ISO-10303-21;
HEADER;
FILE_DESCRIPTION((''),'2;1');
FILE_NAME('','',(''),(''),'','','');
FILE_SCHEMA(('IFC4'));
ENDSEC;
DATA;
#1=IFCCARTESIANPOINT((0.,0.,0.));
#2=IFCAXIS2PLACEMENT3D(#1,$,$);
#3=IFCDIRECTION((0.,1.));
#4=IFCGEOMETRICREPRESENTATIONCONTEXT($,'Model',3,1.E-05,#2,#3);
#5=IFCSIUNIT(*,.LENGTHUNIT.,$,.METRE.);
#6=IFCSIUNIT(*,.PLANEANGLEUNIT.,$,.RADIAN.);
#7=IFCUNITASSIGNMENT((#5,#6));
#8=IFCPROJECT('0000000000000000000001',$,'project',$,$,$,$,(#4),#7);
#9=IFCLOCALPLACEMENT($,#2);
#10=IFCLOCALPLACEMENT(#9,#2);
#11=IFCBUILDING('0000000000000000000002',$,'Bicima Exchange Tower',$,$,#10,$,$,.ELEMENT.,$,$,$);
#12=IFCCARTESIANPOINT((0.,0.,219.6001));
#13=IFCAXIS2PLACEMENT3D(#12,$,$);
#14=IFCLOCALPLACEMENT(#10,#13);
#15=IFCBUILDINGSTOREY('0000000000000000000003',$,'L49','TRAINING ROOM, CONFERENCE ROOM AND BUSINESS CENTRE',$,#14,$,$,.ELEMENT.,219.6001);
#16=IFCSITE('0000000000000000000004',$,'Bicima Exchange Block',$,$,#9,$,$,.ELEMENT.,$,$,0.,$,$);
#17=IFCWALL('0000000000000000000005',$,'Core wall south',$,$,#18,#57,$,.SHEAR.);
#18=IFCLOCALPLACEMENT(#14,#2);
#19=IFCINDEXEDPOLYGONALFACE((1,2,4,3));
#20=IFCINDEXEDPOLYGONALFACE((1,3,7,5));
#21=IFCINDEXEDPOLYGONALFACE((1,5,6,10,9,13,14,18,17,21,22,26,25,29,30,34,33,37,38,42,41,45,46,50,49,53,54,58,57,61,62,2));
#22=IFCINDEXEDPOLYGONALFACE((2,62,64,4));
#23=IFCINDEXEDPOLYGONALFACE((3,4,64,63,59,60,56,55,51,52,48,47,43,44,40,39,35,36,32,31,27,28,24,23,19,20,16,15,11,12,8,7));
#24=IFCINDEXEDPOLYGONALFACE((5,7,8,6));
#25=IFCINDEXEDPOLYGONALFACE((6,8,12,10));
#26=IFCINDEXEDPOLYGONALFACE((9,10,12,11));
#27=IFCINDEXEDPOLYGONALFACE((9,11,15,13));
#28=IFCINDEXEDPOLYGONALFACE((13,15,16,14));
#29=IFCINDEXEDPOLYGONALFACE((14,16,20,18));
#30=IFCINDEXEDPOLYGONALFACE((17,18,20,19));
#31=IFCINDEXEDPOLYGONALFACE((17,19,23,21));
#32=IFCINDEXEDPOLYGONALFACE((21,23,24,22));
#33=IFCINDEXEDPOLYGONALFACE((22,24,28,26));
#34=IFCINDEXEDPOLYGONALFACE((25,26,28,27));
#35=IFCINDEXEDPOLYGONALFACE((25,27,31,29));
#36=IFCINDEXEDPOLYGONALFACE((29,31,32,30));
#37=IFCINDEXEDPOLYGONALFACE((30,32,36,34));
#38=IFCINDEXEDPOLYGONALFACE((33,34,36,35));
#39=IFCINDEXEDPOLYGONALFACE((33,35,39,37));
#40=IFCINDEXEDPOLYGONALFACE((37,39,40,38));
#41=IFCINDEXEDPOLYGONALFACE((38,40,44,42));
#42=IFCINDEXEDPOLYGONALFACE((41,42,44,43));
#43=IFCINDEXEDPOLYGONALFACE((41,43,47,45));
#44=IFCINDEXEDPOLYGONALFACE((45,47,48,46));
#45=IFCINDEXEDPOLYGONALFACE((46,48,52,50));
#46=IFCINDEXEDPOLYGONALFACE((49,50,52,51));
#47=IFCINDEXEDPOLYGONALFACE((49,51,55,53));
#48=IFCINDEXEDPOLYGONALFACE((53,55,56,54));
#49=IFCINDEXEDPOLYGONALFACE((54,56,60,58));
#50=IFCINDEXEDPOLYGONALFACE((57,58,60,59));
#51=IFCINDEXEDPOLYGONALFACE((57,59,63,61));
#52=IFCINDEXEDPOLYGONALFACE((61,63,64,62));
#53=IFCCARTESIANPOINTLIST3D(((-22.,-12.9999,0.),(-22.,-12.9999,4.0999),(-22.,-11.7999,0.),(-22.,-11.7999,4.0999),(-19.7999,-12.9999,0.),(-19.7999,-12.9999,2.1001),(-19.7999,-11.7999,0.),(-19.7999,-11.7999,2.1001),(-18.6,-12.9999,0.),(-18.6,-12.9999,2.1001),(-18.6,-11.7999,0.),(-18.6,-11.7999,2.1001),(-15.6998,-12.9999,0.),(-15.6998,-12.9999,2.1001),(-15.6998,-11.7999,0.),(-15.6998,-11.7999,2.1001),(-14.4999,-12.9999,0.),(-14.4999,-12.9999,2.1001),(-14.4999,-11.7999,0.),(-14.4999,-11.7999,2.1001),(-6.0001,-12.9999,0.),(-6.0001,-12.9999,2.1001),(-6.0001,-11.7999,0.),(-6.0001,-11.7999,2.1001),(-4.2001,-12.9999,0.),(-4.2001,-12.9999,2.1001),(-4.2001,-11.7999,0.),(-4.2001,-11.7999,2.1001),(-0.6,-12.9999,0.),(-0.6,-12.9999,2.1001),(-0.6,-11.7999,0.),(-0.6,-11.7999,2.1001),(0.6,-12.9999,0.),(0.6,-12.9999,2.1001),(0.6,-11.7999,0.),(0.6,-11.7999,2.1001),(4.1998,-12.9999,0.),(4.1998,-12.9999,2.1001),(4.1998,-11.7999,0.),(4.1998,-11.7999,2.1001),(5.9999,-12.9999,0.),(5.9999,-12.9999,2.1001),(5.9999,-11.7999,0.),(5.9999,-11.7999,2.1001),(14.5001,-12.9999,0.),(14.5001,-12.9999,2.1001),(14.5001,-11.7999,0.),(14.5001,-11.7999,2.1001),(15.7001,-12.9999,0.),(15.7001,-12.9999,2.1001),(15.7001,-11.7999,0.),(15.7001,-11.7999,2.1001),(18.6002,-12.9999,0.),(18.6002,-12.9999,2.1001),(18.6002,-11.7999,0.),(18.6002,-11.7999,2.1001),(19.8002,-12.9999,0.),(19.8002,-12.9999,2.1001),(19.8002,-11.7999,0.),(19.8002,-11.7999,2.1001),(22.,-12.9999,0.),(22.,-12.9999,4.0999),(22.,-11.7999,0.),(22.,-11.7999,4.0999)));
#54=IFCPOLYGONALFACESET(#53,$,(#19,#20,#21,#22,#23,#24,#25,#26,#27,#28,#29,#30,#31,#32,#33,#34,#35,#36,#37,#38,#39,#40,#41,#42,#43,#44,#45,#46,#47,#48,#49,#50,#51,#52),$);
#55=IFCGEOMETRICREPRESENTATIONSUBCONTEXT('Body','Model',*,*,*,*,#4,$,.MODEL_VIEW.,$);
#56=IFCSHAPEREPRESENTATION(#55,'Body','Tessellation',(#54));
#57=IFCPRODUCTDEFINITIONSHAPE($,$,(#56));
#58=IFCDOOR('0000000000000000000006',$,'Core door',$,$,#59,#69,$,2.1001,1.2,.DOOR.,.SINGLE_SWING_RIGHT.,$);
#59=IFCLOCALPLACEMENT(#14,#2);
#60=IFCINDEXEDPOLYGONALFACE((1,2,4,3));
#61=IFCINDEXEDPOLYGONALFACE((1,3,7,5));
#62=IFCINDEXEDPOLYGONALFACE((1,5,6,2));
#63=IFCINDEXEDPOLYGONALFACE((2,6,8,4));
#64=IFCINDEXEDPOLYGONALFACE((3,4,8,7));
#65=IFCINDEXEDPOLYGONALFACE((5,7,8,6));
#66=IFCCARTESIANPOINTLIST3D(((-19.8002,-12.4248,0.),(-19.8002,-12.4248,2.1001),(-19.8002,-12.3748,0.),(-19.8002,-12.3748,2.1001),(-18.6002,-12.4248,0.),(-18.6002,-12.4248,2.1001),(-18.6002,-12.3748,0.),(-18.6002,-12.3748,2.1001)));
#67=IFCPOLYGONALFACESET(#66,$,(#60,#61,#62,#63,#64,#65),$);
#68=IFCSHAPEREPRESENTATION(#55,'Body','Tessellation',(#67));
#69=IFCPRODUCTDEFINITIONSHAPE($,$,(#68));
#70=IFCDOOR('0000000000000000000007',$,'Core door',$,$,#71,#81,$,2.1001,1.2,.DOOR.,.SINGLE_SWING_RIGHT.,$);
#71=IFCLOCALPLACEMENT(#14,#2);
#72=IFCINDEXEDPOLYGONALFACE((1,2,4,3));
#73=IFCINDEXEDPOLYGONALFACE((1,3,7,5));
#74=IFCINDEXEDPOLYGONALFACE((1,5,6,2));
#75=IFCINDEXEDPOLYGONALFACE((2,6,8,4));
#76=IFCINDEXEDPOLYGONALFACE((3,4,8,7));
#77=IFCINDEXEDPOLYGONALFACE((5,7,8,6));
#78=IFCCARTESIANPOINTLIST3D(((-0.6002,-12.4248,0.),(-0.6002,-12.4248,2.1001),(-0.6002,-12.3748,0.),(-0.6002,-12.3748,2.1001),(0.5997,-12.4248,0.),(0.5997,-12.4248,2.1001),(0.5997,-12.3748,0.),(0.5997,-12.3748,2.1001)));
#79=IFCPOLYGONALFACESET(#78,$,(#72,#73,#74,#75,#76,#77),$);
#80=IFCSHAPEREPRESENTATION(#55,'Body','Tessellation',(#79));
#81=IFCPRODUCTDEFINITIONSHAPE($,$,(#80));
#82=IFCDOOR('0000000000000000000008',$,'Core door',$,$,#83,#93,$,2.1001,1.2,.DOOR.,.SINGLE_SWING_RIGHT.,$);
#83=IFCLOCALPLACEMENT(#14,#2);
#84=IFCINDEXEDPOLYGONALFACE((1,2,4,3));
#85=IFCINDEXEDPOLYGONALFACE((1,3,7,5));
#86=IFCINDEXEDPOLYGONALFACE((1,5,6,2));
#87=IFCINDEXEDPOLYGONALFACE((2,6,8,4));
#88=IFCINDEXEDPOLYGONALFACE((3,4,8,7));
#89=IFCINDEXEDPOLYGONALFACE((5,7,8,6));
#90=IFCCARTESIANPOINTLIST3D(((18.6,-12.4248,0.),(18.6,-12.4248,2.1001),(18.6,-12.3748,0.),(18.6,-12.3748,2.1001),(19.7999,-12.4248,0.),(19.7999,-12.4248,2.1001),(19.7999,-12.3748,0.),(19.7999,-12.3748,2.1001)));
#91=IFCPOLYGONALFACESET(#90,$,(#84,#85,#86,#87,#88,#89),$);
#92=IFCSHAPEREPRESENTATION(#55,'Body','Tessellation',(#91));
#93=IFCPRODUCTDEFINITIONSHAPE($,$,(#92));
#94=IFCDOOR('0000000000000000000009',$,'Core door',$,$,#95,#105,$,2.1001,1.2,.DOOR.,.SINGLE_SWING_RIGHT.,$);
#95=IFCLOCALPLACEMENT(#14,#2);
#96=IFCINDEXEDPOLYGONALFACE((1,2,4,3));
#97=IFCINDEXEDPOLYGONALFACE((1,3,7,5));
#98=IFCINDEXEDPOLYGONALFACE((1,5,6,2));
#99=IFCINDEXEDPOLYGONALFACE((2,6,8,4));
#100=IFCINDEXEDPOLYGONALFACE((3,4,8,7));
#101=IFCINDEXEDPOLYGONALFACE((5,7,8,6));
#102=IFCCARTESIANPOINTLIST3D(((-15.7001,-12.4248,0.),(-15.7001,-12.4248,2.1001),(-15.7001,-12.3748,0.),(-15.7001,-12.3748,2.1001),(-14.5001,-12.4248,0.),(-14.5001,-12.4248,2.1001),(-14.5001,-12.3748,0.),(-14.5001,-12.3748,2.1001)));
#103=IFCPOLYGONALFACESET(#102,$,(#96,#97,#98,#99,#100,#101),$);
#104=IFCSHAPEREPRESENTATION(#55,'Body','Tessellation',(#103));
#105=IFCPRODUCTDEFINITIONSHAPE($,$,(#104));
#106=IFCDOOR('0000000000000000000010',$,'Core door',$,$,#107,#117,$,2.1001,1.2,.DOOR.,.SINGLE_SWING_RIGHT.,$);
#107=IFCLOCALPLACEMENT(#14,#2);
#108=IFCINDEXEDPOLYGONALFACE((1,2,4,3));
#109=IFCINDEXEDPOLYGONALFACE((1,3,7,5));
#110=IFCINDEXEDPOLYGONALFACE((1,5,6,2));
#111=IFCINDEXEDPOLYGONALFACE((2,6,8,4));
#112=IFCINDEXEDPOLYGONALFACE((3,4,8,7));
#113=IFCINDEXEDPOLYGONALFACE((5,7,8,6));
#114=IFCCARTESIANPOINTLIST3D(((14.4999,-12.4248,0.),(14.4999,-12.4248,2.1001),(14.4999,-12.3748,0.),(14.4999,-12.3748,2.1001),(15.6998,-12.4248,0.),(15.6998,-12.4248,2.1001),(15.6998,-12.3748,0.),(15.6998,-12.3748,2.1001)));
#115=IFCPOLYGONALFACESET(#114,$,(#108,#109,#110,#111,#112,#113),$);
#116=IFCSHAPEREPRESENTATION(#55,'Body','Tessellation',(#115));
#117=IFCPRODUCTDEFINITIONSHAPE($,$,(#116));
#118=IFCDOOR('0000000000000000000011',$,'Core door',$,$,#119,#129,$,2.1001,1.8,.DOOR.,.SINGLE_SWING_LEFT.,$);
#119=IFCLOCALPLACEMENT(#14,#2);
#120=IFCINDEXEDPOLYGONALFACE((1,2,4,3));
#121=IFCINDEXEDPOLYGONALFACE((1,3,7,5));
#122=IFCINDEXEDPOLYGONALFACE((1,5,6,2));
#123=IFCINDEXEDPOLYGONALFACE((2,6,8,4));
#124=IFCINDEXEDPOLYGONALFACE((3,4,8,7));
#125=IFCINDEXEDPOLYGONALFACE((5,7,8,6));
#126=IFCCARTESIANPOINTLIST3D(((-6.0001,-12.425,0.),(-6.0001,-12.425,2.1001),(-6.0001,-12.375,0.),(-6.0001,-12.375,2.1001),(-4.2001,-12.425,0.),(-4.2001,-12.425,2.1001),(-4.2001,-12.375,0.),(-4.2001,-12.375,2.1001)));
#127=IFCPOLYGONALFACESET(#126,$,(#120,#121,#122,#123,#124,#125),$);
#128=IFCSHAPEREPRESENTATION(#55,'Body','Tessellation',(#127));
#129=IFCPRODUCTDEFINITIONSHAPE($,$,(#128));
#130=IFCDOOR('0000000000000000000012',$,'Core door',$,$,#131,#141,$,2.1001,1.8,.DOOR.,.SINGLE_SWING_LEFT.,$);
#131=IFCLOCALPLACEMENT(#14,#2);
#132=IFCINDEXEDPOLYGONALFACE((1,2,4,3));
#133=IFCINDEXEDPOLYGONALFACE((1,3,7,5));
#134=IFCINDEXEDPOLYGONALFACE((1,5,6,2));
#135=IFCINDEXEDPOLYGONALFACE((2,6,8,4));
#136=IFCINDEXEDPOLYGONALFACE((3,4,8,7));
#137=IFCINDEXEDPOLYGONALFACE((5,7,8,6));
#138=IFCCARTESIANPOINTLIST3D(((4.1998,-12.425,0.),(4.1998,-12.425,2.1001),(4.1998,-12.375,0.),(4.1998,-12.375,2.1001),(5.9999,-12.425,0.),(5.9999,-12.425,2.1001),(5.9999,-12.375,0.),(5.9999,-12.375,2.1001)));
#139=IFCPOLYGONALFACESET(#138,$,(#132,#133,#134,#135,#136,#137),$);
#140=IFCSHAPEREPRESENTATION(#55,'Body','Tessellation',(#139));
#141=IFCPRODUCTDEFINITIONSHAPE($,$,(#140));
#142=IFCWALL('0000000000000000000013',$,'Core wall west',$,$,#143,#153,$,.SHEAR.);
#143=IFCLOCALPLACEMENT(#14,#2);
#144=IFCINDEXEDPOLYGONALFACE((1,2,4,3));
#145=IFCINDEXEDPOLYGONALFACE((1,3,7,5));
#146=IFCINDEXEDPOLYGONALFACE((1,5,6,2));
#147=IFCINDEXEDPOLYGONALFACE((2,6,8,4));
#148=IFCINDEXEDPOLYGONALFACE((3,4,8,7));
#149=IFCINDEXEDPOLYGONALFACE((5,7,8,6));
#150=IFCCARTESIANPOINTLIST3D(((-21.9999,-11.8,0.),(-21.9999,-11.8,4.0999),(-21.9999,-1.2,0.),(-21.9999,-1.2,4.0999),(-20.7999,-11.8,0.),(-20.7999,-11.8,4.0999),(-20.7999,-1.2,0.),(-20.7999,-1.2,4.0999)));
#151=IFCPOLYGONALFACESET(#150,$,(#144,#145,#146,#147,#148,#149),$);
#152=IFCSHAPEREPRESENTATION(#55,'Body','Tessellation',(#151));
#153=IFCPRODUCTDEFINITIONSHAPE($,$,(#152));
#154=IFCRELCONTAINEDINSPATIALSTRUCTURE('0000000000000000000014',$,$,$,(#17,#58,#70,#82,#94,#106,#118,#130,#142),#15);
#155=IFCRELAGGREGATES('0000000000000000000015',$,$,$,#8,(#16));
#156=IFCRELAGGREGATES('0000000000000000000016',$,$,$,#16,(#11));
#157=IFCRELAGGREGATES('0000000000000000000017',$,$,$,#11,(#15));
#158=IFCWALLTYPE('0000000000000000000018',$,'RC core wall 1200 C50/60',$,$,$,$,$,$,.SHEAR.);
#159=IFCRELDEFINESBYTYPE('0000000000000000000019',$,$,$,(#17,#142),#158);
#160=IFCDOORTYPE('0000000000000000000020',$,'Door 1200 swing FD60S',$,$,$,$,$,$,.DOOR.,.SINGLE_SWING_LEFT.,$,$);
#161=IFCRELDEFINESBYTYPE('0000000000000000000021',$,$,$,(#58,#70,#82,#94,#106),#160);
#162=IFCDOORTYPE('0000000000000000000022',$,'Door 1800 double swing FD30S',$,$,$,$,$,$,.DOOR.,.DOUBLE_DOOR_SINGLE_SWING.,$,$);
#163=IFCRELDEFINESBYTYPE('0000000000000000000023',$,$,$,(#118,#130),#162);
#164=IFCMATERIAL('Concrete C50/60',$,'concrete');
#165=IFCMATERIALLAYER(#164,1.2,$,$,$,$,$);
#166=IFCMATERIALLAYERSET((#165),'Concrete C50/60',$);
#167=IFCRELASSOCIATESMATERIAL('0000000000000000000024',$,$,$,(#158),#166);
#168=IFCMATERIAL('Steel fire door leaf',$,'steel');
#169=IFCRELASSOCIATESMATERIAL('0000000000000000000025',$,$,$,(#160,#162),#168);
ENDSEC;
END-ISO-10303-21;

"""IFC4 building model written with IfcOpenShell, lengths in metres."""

from ifc_helpers import new_model, si_unit, direction, frame, frame_2d, origin, place, context, subcontext, project, spatial, rectangle, extrude, material, layer, layer_set, type_object, element, fill, save


model = new_model("IFC4")

# Units and contexts
model_context = context("Model", 3, precision=1e-05, world=origin(), true_north=direction((0.0, 1.0)))
body_context = subcontext(model_context, "Body", "Model", "MODEL_VIEW")
ifc_project = project(units=[si_unit("LENGTHUNIT", "METRE"), si_unit("PLANEANGLEUNIT", "RADIAN")], contexts=[model_context])

# Site, building, storey
site_placement = place(None, origin())
site = spatial("IfcSite", under=ifc_project, at=site_placement, Name="Bicima Exchange Block", CompositionType="ELEMENT", RefElevation=0.0)
building_placement = place(site_placement, origin())
building = spatial("IfcBuilding", under=site, at=building_placement, Name="Bicima Exchange Tower", CompositionType="ELEMENT")
storey_placement = place(building_placement, frame((0.0, 0.0, 219.6001)))
storey = spatial("IfcBuildingStorey", under=building, at=storey_placement, Name="L49", Description="TRAINING ROOM, CONFERENCE ROOM AND BUSINESS CENTRE", CompositionType="ELEMENT", Elevation=219.6001)

# Wall, openings, doors
ifc_material_1 = material(Name="Concrete C50/60", Category="concrete")
ifc_layer_1 = layer(ifc_material_1, 1.2)
ifc_layer_set_1 = layer_set([ifc_layer_1], Name="Concrete C50/60")
wall_type_1 = type_object("IfcWallType", Name="RC core wall 1200 C50/60", PredefinedType="SHEAR", material=ifc_layer_set_1)
wall_1_placement = place(storey_placement, frame((-22.0, -12.3999, 0.0), z_axis=(0.0, 0.0, 1.0), x_axis=(1.0, 0.0, 0.0)))
wall_1 = element("IfcWall", 1, at=wall_1_placement, inside=storey, type_object=wall_type_1, Name="Core wall south", PredefinedType="SHEAR", context=body_context, shape_type="SweptSolid", body=[
    extrude(rectangle(XDim=44.0, YDim=1.2, at=frame_2d((22.0, 0.0))), origin(), (0.0, 0.0, 1.0), 4.0999),
])
opening_1_placement = place(wall_1_placement, frame((2.2, 0.0, 0.0)))
opening_1 = element("IfcOpeningElement", 2, at=opening_1_placement, cuts=wall_1, PredefinedType="OPENING", context=body_context, shape_type="SweptSolid", body=[
    extrude(rectangle(XDim=1.2, YDim=2.1001, at=frame_2d((0.6001, 1.05))), frame((0.0, 0.6118, 0.0), z_axis=(0.0, -1.0, 0.0), x_axis=(1.0, 0.0, 0.0)), (0.0, 0.0, 1.0), 1.2239),
])
opening_2_placement = place(wall_1_placement, frame((21.3999, 0.0, 0.0)))
opening_2 = element("IfcOpeningElement", 3, at=opening_2_placement, cuts=wall_1, PredefinedType="OPENING", context=body_context, shape_type="SweptSolid", body=[
    extrude(rectangle(XDim=1.2, YDim=2.1001, at=frame_2d((0.6001, 1.05))), frame((0.0, 0.6118, 0.0), z_axis=(0.0, -1.0, 0.0), x_axis=(1.0, 0.0, 0.0)), (0.0, 0.0, 1.0), 1.2239),
])
opening_3_placement = place(wall_1_placement, frame((40.6001, 0.0, 0.0)))
opening_3 = element("IfcOpeningElement", 4, at=opening_3_placement, cuts=wall_1, PredefinedType="OPENING", context=body_context, shape_type="SweptSolid", body=[
    extrude(rectangle(XDim=1.2, YDim=2.1001, at=frame_2d((0.6001, 1.05))), frame((0.0, 0.6118, 0.0), z_axis=(0.0, -1.0, 0.0), x_axis=(1.0, 0.0, 0.0)), (0.0, 0.0, 1.0), 1.2239),
])
opening_4_placement = place(wall_1_placement, frame((16.0, 0.0, 0.0)))
opening_4 = element("IfcOpeningElement", 5, at=opening_4_placement, cuts=wall_1, PredefinedType="OPENING", context=body_context, shape_type="SweptSolid", body=[
    extrude(rectangle(XDim=1.8, YDim=2.1001, at=frame_2d((0.8999, 1.05))), frame((0.0, 0.6118, 0.0), z_axis=(0.0, -1.0, 0.0), x_axis=(1.0, 0.0, 0.0)), (0.0, 0.0, 1.0), 1.2239),
])
opening_5_placement = place(wall_1_placement, frame((6.3, 0.0, 0.0)))
opening_5 = element("IfcOpeningElement", 6, at=opening_5_placement, cuts=wall_1, PredefinedType="OPENING", context=body_context, shape_type="SweptSolid", body=[
    extrude(rectangle(XDim=1.2, YDim=2.1001, at=frame_2d((0.6001, 1.05))), frame((0.0, 0.6118, 0.0), z_axis=(0.0, -1.0, 0.0), x_axis=(1.0, 0.0, 0.0)), (0.0, 0.0, 1.0), 1.2239),
])
opening_6_placement = place(wall_1_placement, frame((26.2, 0.0, 0.0)))
opening_6 = element("IfcOpeningElement", 7, at=opening_6_placement, cuts=wall_1, PredefinedType="OPENING", context=body_context, shape_type="SweptSolid", body=[
    extrude(rectangle(XDim=1.8, YDim=2.1001, at=frame_2d((0.8999, 1.05))), frame((0.0, 0.6118, 0.0), z_axis=(0.0, -1.0, 0.0), x_axis=(1.0, 0.0, 0.0)), (0.0, 0.0, 1.0), 1.2239),
])
opening_7_placement = place(wall_1_placement, frame((36.5, 0.0, 0.0)))
opening_7 = element("IfcOpeningElement", 8, at=opening_7_placement, cuts=wall_1, PredefinedType="OPENING", context=body_context, shape_type="SweptSolid", body=[
    extrude(rectangle(XDim=1.2, YDim=2.1001, at=frame_2d((0.6001, 1.05))), frame((0.0, 0.6118, 0.0), z_axis=(0.0, -1.0, 0.0), x_axis=(1.0, 0.0, 0.0)), (0.0, 0.0, 1.0), 1.2239),
])
ifc_material_2 = material(Name="Steel fire door leaf", Category="steel")
door_type_1 = type_object("IfcDoorType", Name="Door 1200 swing FD60S", OperationType="SINGLE_SWING_LEFT", PredefinedType="DOOR", material=ifc_material_2)
door_1_placement = place(opening_1_placement, frame((1.2, 0.0, 0.0), z_axis=(0.0, 0.0, 1.0), x_axis=(-1.0, 0.0, 0.0)))
door_1 = element("IfcDoor", 9, at=door_1_placement, inside=storey, type_object=door_type_1, Name="Core door", OperationType="SINGLE_SWING_RIGHT", OverallHeight=2.1001, OverallWidth=1.2, PredefinedType="DOOR", context=body_context, shape_type="SweptSolid", body=[
    extrude(rectangle(XDim=1.2, YDim=2.1001, at=frame_2d((0.6001, 1.05))), frame((0.0, 0.0249, 0.0), z_axis=(0.0, -1.0, 0.0), x_axis=(1.0, 0.0, 0.0)), (0.0, 0.0, 1.0), 0.05),
])
fill(opening_1, door_1)
door_2_placement = place(opening_2_placement, frame((1.2, 0.0, 0.0), z_axis=(0.0, 0.0, 1.0), x_axis=(-1.0, 0.0, 0.0)))
door_2 = element("IfcDoor", 10, at=door_2_placement, inside=storey, type_object=door_type_1, Name="Core door", OperationType="SINGLE_SWING_RIGHT", OverallHeight=2.1001, OverallWidth=1.2, PredefinedType="DOOR", context=body_context, shape_type="SweptSolid", body=[
    extrude(rectangle(XDim=1.2, YDim=2.1001, at=frame_2d((0.6001, 1.05))), frame((0.0, 0.0249, 0.0), z_axis=(0.0, -1.0, 0.0), x_axis=(1.0, 0.0, 0.0)), (0.0, 0.0, 1.0), 0.05),
])
fill(opening_2, door_2)
door_3_placement = place(opening_3_placement, frame((1.2, 0.0, 0.0), z_axis=(0.0, 0.0, 1.0), x_axis=(-1.0, 0.0, 0.0)))
door_3 = element("IfcDoor", 11, at=door_3_placement, inside=storey, type_object=door_type_1, Name="Core door", OperationType="SINGLE_SWING_RIGHT", OverallHeight=2.1001, OverallWidth=1.2, PredefinedType="DOOR", context=body_context, shape_type="SweptSolid", body=[
    extrude(rectangle(XDim=1.2, YDim=2.1001, at=frame_2d((0.6001, 1.05))), frame((0.0, 0.0249, 0.0), z_axis=(0.0, -1.0, 0.0), x_axis=(1.0, 0.0, 0.0)), (0.0, 0.0, 1.0), 0.05),
])
fill(opening_3, door_3)
door_4_placement = place(opening_5_placement, frame((1.2, 0.0, 0.0), z_axis=(0.0, 0.0, 1.0), x_axis=(-1.0, 0.0, 0.0)))
door_4 = element("IfcDoor", 12, at=door_4_placement, inside=storey, type_object=door_type_1, Name="Core door", OperationType="SINGLE_SWING_RIGHT", OverallHeight=2.1001, OverallWidth=1.2, PredefinedType="DOOR", context=body_context, shape_type="SweptSolid", body=[
    extrude(rectangle(XDim=1.2, YDim=2.1001, at=frame_2d((0.6001, 1.05))), frame((0.0, 0.0249, 0.0), z_axis=(0.0, -1.0, 0.0), x_axis=(1.0, 0.0, 0.0)), (0.0, 0.0, 1.0), 0.05),
])
fill(opening_5, door_4)
door_5_placement = place(opening_7_placement, frame((1.2, 0.0, 0.0), z_axis=(0.0, 0.0, 1.0), x_axis=(-1.0, 0.0, 0.0)))
door_5 = element("IfcDoor", 13, at=door_5_placement, inside=storey, type_object=door_type_1, Name="Core door", OperationType="SINGLE_SWING_RIGHT", OverallHeight=2.1001, OverallWidth=1.2, PredefinedType="DOOR", context=body_context, shape_type="SweptSolid", body=[
    extrude(rectangle(XDim=1.2, YDim=2.1001, at=frame_2d((0.6001, 1.05))), frame((0.0, 0.0249, 0.0), z_axis=(0.0, -1.0, 0.0), x_axis=(1.0, 0.0, 0.0)), (0.0, 0.0, 1.0), 0.05),
])
fill(opening_7, door_5)
door_type_2 = type_object("IfcDoorType", Name="Door 1800 double swing FD30S", OperationType="DOUBLE_DOOR_SINGLE_SWING", PredefinedType="DOOR", material=ifc_material_2)
door_6_placement = place(opening_4_placement, origin())
door_6 = element("IfcDoor", 14, at=door_6_placement, inside=storey, type_object=door_type_2, Name="Core door", OperationType="SINGLE_SWING_LEFT", OverallHeight=2.1001, OverallWidth=1.8, PredefinedType="DOOR", context=body_context, shape_type="SweptSolid", body=[
    extrude(rectangle(XDim=1.8, YDim=2.1001, at=frame_2d((0.8999, 1.05))), frame((0.0, 0.0249, 0.0), z_axis=(0.0, -1.0, 0.0), x_axis=(1.0, 0.0, 0.0)), (0.0, 0.0, 1.0), 0.05),
])
fill(opening_4, door_6)
door_7_placement = place(opening_6_placement, origin())
door_7 = element("IfcDoor", 15, at=door_7_placement, inside=storey, type_object=door_type_2, Name="Core door", OperationType="SINGLE_SWING_LEFT", OverallHeight=2.1001, OverallWidth=1.8, PredefinedType="DOOR", context=body_context, shape_type="SweptSolid", body=[
    extrude(rectangle(XDim=1.8, YDim=2.1001, at=frame_2d((0.8999, 1.05))), frame((0.0, 0.0249, 0.0), z_axis=(0.0, -1.0, 0.0), x_axis=(1.0, 0.0, 0.0)), (0.0, 0.0, 1.0), 0.05),
])
fill(opening_6, door_7)

# Wall
wall_2_placement = place(storey_placement, frame((-21.3999, -11.8, 0.0), z_axis=(0.0, 0.0, 1.0), x_axis=(0.0, 1.0, 0.0)))
element("IfcWall", 16, at=wall_2_placement, inside=storey, type_object=wall_type_1, Name="Core wall west", PredefinedType="SHEAR", context=body_context, shape_type="SweptSolid", body=[
    extrude(rectangle(XDim=10.6001, YDim=1.2, at=frame_2d((5.3, 0.0))), origin(), (0.0, 0.0, 1.0), 4.0999),
])

save(model, "model.ifc")
